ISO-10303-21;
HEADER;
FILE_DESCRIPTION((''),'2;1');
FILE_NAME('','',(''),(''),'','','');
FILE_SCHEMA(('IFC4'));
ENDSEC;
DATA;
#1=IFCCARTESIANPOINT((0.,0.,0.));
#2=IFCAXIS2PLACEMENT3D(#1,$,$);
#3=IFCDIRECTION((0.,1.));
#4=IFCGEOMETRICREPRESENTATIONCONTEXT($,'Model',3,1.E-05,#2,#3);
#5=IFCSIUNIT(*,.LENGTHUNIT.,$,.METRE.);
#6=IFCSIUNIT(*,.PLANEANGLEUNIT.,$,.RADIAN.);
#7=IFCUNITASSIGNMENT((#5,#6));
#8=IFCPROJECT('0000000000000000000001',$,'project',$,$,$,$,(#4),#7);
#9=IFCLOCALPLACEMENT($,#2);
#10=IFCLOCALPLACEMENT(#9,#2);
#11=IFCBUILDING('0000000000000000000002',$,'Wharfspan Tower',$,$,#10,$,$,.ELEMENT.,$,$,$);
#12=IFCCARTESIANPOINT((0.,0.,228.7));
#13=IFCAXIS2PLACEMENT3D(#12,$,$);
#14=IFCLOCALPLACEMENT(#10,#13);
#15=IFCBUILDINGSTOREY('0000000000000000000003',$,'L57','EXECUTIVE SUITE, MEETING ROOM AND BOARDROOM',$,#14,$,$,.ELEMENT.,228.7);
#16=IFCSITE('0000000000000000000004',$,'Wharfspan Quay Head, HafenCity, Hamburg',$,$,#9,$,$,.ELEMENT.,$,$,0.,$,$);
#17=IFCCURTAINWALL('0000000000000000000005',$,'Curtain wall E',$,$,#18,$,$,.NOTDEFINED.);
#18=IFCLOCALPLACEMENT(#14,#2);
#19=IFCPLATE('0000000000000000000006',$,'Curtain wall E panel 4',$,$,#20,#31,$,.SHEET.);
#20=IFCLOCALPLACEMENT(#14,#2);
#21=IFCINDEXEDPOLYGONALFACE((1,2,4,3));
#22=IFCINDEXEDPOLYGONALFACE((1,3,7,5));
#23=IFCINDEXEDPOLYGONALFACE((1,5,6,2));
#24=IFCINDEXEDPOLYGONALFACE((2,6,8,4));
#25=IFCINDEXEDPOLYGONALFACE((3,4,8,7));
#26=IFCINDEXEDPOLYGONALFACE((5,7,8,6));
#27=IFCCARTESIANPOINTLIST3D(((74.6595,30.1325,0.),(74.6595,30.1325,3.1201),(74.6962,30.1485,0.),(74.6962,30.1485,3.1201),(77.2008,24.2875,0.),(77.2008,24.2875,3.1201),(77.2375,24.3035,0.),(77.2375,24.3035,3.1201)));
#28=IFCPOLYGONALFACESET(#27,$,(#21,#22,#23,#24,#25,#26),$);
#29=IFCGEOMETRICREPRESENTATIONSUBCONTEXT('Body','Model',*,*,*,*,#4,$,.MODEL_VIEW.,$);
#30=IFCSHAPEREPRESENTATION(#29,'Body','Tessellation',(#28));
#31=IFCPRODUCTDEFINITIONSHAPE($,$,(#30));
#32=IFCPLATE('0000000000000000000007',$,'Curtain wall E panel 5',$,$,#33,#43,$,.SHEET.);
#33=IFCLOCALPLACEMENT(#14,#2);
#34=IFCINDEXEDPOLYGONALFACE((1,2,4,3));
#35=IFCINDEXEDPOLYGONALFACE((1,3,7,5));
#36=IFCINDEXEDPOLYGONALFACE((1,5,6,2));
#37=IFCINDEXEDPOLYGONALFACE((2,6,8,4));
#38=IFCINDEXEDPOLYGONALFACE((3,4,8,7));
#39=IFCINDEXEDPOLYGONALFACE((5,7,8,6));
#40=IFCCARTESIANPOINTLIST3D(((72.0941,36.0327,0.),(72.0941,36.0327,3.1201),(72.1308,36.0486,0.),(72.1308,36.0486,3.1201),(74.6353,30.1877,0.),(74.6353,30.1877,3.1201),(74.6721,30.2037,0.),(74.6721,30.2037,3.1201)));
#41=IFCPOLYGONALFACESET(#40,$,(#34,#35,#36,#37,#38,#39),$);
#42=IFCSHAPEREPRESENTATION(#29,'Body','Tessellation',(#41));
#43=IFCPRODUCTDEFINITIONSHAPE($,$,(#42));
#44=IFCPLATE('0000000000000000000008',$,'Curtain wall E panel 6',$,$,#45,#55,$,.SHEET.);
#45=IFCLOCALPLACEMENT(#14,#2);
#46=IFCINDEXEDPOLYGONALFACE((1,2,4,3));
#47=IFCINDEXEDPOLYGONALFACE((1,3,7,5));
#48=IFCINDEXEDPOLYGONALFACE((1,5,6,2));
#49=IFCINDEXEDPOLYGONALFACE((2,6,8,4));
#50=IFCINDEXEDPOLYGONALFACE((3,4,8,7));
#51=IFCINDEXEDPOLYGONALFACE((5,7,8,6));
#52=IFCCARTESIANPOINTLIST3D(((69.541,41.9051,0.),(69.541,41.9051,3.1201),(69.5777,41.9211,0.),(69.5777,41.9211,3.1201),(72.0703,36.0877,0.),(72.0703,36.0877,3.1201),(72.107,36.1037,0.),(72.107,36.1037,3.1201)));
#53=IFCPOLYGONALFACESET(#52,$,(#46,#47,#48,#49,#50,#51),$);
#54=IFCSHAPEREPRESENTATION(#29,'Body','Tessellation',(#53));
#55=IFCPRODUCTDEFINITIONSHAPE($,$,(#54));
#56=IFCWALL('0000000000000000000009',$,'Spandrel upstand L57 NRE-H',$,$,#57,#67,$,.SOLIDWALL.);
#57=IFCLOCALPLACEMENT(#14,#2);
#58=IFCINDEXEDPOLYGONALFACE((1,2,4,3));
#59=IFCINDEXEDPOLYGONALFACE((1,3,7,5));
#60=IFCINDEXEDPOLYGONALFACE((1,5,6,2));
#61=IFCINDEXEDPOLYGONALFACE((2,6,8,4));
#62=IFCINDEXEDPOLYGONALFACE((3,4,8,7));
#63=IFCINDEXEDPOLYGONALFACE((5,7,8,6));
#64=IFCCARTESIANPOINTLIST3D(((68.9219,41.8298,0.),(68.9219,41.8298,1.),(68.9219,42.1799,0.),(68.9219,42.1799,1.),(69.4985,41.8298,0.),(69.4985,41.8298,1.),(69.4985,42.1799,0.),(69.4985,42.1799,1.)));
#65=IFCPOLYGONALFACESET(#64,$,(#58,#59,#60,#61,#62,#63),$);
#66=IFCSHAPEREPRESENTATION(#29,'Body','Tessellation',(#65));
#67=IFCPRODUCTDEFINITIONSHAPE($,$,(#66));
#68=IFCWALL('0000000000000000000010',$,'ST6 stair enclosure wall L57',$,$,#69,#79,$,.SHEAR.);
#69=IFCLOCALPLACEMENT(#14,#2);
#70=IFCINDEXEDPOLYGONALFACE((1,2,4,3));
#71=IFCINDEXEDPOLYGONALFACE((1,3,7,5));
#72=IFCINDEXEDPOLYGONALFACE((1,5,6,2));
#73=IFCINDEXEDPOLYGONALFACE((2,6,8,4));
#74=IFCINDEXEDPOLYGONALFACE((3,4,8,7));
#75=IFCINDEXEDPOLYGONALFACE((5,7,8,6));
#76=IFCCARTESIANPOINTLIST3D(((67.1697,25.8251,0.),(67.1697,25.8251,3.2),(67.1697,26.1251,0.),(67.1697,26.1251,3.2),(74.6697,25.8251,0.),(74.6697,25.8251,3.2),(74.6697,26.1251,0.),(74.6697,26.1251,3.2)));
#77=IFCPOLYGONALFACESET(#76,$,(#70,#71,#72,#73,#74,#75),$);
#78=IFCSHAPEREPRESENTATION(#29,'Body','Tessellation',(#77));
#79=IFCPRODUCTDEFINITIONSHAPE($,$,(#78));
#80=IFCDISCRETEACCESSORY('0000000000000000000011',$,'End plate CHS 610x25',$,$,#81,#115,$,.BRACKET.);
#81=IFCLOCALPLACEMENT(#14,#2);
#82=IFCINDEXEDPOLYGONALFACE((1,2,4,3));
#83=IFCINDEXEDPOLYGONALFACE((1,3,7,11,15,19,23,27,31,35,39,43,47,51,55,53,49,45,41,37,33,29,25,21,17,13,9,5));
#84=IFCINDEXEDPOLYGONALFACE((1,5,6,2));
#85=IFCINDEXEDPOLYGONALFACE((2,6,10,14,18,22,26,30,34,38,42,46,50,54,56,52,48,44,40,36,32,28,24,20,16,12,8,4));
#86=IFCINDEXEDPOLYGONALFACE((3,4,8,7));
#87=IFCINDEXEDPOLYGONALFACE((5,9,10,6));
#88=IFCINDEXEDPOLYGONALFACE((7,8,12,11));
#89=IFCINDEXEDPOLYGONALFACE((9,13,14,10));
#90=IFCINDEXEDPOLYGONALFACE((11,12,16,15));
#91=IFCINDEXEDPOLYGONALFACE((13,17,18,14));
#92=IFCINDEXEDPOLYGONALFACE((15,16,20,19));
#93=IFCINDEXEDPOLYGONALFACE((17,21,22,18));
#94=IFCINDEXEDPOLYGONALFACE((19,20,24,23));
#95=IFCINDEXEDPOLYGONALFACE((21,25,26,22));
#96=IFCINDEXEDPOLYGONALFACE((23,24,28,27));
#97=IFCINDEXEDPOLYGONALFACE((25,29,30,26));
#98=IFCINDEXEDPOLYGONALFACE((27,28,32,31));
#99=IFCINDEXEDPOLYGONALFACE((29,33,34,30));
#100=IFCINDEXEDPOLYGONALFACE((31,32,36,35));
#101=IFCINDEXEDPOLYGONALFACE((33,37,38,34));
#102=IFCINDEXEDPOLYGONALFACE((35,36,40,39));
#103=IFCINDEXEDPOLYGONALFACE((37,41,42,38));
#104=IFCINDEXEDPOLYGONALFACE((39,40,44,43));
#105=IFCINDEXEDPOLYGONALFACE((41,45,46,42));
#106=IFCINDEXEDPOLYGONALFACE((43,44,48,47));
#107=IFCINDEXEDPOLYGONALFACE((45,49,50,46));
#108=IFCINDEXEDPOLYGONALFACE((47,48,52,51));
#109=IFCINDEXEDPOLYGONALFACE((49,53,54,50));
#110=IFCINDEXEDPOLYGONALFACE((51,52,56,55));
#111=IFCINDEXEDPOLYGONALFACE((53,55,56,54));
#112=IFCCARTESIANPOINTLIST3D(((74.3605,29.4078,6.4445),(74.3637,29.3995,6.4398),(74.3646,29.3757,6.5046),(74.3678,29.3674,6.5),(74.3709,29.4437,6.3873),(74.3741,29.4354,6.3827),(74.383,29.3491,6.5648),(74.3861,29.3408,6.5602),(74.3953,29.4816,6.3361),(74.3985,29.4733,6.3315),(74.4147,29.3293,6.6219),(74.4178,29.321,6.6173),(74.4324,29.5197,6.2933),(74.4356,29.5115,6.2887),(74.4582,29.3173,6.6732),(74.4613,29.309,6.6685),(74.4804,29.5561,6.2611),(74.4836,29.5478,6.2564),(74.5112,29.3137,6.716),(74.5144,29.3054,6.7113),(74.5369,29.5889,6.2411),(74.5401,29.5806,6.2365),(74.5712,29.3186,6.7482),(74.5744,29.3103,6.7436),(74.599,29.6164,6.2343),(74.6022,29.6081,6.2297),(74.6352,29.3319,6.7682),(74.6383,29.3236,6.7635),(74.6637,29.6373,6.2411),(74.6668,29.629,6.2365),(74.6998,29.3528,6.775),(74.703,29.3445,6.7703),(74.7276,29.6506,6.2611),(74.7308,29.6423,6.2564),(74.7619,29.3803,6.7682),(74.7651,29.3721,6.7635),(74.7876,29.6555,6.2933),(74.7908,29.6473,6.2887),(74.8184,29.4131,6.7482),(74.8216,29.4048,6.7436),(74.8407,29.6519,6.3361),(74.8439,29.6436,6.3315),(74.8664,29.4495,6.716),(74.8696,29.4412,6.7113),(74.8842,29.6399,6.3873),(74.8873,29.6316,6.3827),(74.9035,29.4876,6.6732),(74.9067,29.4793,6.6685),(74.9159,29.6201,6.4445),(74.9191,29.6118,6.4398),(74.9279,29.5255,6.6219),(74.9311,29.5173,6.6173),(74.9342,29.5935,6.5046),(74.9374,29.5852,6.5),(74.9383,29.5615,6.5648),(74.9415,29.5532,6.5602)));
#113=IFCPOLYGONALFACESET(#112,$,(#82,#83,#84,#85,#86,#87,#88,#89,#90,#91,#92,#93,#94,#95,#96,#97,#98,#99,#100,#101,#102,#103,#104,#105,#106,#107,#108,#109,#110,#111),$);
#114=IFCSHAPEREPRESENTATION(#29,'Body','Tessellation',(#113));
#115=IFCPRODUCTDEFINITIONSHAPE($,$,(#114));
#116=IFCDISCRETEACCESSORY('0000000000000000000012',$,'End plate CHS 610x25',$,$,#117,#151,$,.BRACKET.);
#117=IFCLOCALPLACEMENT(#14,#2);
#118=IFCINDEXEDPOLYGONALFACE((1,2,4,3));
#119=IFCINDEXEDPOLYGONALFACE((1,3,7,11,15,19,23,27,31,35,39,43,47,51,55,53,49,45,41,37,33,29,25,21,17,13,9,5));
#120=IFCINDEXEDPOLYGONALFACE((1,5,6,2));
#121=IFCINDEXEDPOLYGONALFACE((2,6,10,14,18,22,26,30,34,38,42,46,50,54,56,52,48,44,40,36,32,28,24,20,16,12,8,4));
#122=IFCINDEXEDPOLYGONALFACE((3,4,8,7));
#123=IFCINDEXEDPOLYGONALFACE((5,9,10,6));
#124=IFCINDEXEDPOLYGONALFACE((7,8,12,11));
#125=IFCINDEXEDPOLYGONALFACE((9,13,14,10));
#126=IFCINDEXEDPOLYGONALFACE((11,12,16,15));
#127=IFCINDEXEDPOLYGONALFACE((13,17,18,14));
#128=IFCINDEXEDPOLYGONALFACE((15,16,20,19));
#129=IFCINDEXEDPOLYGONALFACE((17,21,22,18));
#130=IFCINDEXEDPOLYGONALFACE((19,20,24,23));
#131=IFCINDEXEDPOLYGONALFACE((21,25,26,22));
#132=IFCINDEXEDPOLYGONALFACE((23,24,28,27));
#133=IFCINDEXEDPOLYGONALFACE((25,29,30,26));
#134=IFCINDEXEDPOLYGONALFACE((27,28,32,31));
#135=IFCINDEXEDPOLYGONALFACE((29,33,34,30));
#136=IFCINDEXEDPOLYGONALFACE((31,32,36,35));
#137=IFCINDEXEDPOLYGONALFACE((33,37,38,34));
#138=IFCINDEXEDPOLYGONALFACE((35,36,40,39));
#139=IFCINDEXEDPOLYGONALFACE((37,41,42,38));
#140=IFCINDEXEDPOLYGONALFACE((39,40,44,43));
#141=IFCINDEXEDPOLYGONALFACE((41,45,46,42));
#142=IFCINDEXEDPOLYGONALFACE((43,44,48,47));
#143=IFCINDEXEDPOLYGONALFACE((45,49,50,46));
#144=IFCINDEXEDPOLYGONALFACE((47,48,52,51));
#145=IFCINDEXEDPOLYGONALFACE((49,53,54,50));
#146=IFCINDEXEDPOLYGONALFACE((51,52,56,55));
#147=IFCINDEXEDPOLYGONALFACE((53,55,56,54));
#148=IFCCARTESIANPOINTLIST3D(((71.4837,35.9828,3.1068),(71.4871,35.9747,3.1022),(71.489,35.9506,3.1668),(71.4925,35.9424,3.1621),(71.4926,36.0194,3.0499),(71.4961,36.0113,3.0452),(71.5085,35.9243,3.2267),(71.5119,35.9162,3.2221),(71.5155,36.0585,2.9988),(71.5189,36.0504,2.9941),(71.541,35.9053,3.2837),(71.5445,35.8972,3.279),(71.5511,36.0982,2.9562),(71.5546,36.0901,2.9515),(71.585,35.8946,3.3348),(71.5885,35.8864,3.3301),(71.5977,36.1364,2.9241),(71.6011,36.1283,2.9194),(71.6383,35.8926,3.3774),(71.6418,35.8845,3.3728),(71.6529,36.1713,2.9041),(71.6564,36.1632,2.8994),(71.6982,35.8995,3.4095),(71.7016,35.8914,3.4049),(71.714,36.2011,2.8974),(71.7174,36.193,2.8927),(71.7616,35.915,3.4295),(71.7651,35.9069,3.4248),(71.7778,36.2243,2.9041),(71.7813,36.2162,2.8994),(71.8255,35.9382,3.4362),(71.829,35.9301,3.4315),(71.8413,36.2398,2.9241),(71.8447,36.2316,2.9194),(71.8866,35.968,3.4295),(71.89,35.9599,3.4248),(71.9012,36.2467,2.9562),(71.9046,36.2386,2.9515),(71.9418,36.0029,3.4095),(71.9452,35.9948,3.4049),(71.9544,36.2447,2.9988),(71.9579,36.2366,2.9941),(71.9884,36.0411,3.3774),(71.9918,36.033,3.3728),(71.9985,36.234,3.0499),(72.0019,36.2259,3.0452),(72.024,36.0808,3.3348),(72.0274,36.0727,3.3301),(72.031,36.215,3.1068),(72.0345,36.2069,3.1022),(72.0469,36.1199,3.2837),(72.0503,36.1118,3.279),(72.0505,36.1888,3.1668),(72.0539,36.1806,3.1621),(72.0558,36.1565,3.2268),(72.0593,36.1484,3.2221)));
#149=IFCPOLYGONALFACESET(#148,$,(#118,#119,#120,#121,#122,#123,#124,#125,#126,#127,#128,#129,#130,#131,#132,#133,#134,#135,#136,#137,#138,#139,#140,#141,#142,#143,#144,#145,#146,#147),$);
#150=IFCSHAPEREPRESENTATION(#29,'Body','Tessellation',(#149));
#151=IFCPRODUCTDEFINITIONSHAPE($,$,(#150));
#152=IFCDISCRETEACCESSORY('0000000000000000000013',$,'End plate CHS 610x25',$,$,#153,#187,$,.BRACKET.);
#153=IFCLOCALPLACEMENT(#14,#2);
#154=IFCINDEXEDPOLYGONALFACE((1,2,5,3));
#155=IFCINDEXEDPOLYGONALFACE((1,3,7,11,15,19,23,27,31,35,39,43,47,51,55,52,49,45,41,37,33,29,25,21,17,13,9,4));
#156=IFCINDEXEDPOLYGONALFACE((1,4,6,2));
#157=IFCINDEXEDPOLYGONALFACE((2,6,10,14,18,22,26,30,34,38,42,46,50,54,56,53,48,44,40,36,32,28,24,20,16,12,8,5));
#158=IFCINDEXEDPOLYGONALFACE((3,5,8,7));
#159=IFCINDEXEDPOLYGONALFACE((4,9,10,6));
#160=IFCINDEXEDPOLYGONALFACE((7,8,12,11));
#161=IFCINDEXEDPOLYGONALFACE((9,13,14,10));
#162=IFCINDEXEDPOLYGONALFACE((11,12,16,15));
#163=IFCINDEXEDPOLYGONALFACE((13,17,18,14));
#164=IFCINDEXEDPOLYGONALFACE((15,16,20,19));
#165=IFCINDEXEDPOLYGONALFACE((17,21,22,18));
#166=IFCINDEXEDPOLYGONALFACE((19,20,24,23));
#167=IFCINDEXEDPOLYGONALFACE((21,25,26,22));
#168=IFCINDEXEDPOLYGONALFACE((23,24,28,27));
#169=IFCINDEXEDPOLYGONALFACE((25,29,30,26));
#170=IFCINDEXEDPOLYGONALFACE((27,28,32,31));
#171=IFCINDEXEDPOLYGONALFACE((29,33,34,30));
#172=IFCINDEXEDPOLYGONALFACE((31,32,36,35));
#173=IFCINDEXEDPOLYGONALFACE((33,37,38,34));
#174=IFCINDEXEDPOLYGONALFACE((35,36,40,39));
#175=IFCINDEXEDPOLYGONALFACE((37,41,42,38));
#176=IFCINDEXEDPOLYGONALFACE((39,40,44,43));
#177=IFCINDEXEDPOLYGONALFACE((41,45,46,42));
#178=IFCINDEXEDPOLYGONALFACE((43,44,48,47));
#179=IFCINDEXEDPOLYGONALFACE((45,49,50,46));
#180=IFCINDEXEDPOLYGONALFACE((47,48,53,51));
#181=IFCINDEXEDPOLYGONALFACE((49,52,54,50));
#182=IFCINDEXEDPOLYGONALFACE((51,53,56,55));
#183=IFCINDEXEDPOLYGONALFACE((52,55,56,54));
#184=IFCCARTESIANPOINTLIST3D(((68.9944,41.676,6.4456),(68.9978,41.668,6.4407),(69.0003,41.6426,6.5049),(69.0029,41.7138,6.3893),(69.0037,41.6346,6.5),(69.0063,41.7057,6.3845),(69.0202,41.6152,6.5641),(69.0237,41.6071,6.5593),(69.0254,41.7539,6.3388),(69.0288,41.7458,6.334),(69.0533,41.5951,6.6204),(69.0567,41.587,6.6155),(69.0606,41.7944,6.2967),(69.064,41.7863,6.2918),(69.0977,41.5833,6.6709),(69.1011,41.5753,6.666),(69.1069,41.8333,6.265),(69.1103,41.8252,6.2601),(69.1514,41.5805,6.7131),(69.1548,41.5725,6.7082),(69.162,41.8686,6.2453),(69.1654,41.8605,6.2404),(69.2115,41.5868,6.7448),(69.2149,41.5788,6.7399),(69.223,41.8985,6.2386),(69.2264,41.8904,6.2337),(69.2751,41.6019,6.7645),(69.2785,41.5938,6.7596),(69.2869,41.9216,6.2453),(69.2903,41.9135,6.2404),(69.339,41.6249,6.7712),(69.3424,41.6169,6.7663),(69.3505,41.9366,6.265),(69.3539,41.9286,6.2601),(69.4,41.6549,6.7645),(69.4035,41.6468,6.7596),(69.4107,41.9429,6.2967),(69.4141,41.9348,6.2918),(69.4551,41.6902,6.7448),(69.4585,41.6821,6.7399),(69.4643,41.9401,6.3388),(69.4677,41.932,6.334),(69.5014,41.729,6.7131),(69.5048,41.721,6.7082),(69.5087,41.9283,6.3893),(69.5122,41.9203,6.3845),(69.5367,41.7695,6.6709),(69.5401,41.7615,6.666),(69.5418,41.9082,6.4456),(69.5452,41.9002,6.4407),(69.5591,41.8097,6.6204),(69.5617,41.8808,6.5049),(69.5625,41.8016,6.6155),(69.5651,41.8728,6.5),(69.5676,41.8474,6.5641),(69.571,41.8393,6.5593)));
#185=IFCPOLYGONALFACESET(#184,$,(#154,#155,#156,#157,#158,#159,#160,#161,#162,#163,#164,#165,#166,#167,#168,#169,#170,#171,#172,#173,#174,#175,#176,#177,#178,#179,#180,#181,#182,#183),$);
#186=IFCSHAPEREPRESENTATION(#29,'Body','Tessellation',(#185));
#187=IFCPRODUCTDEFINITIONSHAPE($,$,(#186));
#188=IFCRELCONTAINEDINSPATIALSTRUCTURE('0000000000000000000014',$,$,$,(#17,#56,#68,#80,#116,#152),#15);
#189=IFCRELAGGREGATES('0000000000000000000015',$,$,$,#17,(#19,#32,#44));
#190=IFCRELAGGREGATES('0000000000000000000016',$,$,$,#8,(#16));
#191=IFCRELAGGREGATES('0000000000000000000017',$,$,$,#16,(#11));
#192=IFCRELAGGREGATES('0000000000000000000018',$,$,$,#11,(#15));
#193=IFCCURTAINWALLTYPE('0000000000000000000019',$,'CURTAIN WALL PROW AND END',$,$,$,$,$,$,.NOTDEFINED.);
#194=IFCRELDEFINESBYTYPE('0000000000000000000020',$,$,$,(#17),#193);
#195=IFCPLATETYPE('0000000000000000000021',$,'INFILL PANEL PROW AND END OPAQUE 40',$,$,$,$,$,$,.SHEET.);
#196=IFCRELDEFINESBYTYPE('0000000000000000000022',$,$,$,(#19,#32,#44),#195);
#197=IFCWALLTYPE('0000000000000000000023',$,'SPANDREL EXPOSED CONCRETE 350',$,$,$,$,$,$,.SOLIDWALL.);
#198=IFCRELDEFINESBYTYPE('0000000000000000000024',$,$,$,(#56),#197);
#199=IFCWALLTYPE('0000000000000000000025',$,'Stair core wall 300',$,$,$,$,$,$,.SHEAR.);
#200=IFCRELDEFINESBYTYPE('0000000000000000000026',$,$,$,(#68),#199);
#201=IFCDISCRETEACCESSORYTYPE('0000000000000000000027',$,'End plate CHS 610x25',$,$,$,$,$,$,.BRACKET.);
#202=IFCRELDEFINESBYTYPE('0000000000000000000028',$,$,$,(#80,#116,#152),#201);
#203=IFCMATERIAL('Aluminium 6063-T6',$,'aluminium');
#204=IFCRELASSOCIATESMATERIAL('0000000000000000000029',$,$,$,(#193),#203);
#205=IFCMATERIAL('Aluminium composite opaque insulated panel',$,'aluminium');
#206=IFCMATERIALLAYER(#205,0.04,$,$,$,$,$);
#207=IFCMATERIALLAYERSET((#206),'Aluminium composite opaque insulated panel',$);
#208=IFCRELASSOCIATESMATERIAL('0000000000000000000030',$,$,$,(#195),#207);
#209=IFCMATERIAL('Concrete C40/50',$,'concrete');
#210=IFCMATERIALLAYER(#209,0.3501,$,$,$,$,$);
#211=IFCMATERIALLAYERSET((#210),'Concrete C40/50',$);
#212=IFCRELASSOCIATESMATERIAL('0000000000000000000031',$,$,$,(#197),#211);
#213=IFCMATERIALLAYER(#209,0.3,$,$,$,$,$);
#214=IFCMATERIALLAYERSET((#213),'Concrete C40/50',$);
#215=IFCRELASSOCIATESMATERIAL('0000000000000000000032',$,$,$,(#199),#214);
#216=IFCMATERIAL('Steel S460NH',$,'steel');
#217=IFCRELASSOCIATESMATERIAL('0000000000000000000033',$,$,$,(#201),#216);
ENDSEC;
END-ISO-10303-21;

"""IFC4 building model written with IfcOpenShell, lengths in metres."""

from ifc_helpers import new_model, si_unit, direction, frame, frame_2d, origin, origin_2d, place, context, subcontext, project, spatial, rectangle, circle, extrude, material, layer, layer_set, material_profile, profile_set, type_object, element, aggregate, save


model = new_model("IFC4")

# Units and contexts
model_context = context("Model", 3, precision=1e-05, world=origin(), true_north=direction((0.0, 1.0)))
body_context = subcontext(model_context, "Body", "Model", "MODEL_VIEW")
ifc_project = project(units=[si_unit("LENGTHUNIT", "METRE"), si_unit("PLANEANGLEUNIT", "RADIAN")], contexts=[model_context])

# Site, building, storey
site_placement = place(None, origin())
site = spatial("IfcSite", under=ifc_project, at=site_placement, Name="Wharfspan Quay Head, HafenCity, Hamburg", CompositionType="ELEMENT", RefElevation=0.0)
building_placement = place(site_placement, origin())
building = spatial("IfcBuilding", under=site, at=building_placement, Name="Wharfspan Tower", CompositionType="ELEMENT")
storey_placement = place(building_placement, frame((0.0, 0.0, 228.7)))
storey = spatial("IfcBuildingStorey", under=building, at=storey_placement, Name="L57", Description="EXECUTIVE SUITE, MEETING ROOM AND BOARDROOM", CompositionType="ELEMENT", Elevation=228.7)

# Curtain wall
ifc_material_1 = material(Name="Aluminium 6063-T6", Category="aluminium")
curtain_wall_type = type_object("IfcCurtainWallType", Name="CURTAIN WALL PROW AND END", PredefinedType="NOTDEFINED", material=ifc_material_1)
curtain_wall_1_placement = place(storey_placement, origin())
curtain_wall_1 = element("IfcCurtainWall", 1, at=curtain_wall_1_placement, inside=storey, type_object=curtain_wall_type, Name="Curtain wall E", PredefinedType="NOTDEFINED")

# Shared definitions
ifc_material_2 = material(Name="Steel S460NH", Category="steel")

# Plates
ifc_material_3 = material(Name="Aluminium composite opaque insulated panel", Category="aluminium")
ifc_layer_1 = layer(ifc_material_3, 0.04)
ifc_layer_set_1 = layer_set([ifc_layer_1], Name="Aluminium composite opaque insulated panel")
plate_type_1 = type_object("IfcPlateType", Name="INFILL PANEL PROW AND END OPAQUE 40", PredefinedType="SHEET", material=ifc_layer_set_1)
plate_1_placement = place(storey_placement, frame((75.9485, 27.218, 0.0), z_axis=(0.0, 0.0, 1.0), x_axis=(-0.398727, 0.917072, 0.0)))
plate_1 = element("IfcPlate", 2, at=plate_1_placement, type_object=plate_type_1, Name="Curtain wall E panel 4", PredefinedType="SHEET", context=body_context, shape_type="SweptSolid", body=[
    extrude(rectangle(XDim=6.3735, YDim=0.04, at=origin_2d()), origin(), (0.0, 0.0, 1.0), 3.1201),
])
plate_2_placement = place(storey_placement, frame((73.3831, 33.1182, 0.0), z_axis=(0.0, 0.0, 1.0), x_axis=(-0.398727, 0.917072, 0.0)))
plate_2 = element("IfcPlate", 3, at=plate_2_placement, type_object=plate_type_1, Name="Curtain wall E panel 5", PredefinedType="SHEET", context=body_context, shape_type="SweptSolid", body=[
    extrude(rectangle(XDim=6.3735, YDim=0.04, at=origin_2d()), origin(), (0.0, 0.0, 1.0), 3.1201),
])
plate_3_placement = place(storey_placement, frame((70.824, 39.0044, 0.0), z_axis=(0.0, 0.0, 1.0), x_axis=(-0.398727, 0.917072, 0.0)))
plate_3 = element("IfcPlate", 4, at=plate_3_placement, type_object=plate_type_1, Name="Curtain wall E panel 6", PredefinedType="SHEET", context=body_context, shape_type="SweptSolid", body=[
    extrude(rectangle(XDim=6.3435, YDim=0.04, at=origin_2d()), origin(), (0.0, 0.0, 1.0), 3.1201),
])
aggregate(curtain_wall_1, [plate_1, plate_2, plate_3])

# Walls
ifc_material_4 = material(Name="Concrete C40/50", Category="concrete")
ifc_layer_2 = layer(ifc_material_4, 0.3501)
ifc_layer_set_2 = layer_set([ifc_layer_2], Name="Concrete C40/50")
wall_type_1 = type_object("IfcWallType", Name="SPANDREL EXPOSED CONCRETE 350", PredefinedType="SOLIDWALL", material=ifc_layer_set_2)
wall_1_placement = place(storey_placement, frame((69.4985, 42.0049, 0.0), z_axis=(0.0, 0.0, 1.0), x_axis=(-1.0, 0.0, 0.0)))
element("IfcWall", 5, at=wall_1_placement, inside=storey, type_object=wall_type_1, Name="Spandrel upstand L57 NRE-H", PredefinedType="SOLIDWALL", context=body_context, shape_type="SweptSolid", body=[
    extrude(rectangle(XDim=0.5767, YDim=0.3501, at=frame_2d((0.2883, 0.0))), origin(), (0.0, 0.0, 1.0), 1.0),
])
ifc_layer_3 = layer(ifc_material_4, 0.3)
ifc_layer_set_3 = layer_set([ifc_layer_3], Name="Concrete C40/50")
wall_type_2 = type_object("IfcWallType", Name="Stair core wall 300", PredefinedType="SHEAR", material=ifc_layer_set_3)
wall_2_placement = place(storey_placement, frame((67.1697, 25.9751, 0.0), z_axis=(0.0, 0.0, 1.0), x_axis=(1.0, 0.0, 0.0)))
element("IfcWall", 6, at=wall_2_placement, inside=storey, type_object=wall_type_2, Name="ST6 stair enclosure wall L57", PredefinedType="SHEAR", context=body_context, shape_type="SweptSolid", body=[
    extrude(rectangle(XDim=7.5, YDim=0.3, at=frame_2d((3.75, 0.0))), origin(), (0.0, 0.0, 1.0), 3.2),
])

# Discrete accessories
ifc_material_profile_1 = material_profile(ifc_material_2, circle(Radius=0.3049, at=origin_2d()))
ifc_profile_set_1 = profile_set([ifc_material_profile_1], Name="Steel S460NH")
discrete_accessory_type = type_object("IfcDiscreteAccessoryType", Name="End plate CHS 610x25", PredefinedType="BRACKET", material=ifc_profile_set_1)
for number, where, z_axis, x_axis, name in (
    (7, (74.6526, 29.4763, 6.5), (-0.316603, 0.828038, 0.462727), (-0.934054, -0.357138, -0.000001), "End plate CHS 610x25"),
    (8, (71.7732, 36.0615, 3.1621), (-0.345075, 0.81339, 0.468316), (-0.920586, -0.390551, -0.000002), "End plate CHS 610x25"),
    (9, (69.2844, 41.7537, 6.5), (-0.341058, 0.803922, 0.487226), (-0.920584, -0.390551, 0.0), "End plate CHS 610x25"),
):
    element("IfcDiscreteAccessory", number, at=place(storey_placement, frame(where, z_axis=z_axis, x_axis=x_axis)), inside=storey, type_object=discrete_accessory_type, Name=name, PredefinedType="BRACKET", context=body_context, shape_type="SweptSolid", body=[
        extrude(circle(Radius=0.3049, at=origin_2d()), origin(), (0.0, 0.0, 1.0), 0.01),
    ])

save(model, "model.ifc")
